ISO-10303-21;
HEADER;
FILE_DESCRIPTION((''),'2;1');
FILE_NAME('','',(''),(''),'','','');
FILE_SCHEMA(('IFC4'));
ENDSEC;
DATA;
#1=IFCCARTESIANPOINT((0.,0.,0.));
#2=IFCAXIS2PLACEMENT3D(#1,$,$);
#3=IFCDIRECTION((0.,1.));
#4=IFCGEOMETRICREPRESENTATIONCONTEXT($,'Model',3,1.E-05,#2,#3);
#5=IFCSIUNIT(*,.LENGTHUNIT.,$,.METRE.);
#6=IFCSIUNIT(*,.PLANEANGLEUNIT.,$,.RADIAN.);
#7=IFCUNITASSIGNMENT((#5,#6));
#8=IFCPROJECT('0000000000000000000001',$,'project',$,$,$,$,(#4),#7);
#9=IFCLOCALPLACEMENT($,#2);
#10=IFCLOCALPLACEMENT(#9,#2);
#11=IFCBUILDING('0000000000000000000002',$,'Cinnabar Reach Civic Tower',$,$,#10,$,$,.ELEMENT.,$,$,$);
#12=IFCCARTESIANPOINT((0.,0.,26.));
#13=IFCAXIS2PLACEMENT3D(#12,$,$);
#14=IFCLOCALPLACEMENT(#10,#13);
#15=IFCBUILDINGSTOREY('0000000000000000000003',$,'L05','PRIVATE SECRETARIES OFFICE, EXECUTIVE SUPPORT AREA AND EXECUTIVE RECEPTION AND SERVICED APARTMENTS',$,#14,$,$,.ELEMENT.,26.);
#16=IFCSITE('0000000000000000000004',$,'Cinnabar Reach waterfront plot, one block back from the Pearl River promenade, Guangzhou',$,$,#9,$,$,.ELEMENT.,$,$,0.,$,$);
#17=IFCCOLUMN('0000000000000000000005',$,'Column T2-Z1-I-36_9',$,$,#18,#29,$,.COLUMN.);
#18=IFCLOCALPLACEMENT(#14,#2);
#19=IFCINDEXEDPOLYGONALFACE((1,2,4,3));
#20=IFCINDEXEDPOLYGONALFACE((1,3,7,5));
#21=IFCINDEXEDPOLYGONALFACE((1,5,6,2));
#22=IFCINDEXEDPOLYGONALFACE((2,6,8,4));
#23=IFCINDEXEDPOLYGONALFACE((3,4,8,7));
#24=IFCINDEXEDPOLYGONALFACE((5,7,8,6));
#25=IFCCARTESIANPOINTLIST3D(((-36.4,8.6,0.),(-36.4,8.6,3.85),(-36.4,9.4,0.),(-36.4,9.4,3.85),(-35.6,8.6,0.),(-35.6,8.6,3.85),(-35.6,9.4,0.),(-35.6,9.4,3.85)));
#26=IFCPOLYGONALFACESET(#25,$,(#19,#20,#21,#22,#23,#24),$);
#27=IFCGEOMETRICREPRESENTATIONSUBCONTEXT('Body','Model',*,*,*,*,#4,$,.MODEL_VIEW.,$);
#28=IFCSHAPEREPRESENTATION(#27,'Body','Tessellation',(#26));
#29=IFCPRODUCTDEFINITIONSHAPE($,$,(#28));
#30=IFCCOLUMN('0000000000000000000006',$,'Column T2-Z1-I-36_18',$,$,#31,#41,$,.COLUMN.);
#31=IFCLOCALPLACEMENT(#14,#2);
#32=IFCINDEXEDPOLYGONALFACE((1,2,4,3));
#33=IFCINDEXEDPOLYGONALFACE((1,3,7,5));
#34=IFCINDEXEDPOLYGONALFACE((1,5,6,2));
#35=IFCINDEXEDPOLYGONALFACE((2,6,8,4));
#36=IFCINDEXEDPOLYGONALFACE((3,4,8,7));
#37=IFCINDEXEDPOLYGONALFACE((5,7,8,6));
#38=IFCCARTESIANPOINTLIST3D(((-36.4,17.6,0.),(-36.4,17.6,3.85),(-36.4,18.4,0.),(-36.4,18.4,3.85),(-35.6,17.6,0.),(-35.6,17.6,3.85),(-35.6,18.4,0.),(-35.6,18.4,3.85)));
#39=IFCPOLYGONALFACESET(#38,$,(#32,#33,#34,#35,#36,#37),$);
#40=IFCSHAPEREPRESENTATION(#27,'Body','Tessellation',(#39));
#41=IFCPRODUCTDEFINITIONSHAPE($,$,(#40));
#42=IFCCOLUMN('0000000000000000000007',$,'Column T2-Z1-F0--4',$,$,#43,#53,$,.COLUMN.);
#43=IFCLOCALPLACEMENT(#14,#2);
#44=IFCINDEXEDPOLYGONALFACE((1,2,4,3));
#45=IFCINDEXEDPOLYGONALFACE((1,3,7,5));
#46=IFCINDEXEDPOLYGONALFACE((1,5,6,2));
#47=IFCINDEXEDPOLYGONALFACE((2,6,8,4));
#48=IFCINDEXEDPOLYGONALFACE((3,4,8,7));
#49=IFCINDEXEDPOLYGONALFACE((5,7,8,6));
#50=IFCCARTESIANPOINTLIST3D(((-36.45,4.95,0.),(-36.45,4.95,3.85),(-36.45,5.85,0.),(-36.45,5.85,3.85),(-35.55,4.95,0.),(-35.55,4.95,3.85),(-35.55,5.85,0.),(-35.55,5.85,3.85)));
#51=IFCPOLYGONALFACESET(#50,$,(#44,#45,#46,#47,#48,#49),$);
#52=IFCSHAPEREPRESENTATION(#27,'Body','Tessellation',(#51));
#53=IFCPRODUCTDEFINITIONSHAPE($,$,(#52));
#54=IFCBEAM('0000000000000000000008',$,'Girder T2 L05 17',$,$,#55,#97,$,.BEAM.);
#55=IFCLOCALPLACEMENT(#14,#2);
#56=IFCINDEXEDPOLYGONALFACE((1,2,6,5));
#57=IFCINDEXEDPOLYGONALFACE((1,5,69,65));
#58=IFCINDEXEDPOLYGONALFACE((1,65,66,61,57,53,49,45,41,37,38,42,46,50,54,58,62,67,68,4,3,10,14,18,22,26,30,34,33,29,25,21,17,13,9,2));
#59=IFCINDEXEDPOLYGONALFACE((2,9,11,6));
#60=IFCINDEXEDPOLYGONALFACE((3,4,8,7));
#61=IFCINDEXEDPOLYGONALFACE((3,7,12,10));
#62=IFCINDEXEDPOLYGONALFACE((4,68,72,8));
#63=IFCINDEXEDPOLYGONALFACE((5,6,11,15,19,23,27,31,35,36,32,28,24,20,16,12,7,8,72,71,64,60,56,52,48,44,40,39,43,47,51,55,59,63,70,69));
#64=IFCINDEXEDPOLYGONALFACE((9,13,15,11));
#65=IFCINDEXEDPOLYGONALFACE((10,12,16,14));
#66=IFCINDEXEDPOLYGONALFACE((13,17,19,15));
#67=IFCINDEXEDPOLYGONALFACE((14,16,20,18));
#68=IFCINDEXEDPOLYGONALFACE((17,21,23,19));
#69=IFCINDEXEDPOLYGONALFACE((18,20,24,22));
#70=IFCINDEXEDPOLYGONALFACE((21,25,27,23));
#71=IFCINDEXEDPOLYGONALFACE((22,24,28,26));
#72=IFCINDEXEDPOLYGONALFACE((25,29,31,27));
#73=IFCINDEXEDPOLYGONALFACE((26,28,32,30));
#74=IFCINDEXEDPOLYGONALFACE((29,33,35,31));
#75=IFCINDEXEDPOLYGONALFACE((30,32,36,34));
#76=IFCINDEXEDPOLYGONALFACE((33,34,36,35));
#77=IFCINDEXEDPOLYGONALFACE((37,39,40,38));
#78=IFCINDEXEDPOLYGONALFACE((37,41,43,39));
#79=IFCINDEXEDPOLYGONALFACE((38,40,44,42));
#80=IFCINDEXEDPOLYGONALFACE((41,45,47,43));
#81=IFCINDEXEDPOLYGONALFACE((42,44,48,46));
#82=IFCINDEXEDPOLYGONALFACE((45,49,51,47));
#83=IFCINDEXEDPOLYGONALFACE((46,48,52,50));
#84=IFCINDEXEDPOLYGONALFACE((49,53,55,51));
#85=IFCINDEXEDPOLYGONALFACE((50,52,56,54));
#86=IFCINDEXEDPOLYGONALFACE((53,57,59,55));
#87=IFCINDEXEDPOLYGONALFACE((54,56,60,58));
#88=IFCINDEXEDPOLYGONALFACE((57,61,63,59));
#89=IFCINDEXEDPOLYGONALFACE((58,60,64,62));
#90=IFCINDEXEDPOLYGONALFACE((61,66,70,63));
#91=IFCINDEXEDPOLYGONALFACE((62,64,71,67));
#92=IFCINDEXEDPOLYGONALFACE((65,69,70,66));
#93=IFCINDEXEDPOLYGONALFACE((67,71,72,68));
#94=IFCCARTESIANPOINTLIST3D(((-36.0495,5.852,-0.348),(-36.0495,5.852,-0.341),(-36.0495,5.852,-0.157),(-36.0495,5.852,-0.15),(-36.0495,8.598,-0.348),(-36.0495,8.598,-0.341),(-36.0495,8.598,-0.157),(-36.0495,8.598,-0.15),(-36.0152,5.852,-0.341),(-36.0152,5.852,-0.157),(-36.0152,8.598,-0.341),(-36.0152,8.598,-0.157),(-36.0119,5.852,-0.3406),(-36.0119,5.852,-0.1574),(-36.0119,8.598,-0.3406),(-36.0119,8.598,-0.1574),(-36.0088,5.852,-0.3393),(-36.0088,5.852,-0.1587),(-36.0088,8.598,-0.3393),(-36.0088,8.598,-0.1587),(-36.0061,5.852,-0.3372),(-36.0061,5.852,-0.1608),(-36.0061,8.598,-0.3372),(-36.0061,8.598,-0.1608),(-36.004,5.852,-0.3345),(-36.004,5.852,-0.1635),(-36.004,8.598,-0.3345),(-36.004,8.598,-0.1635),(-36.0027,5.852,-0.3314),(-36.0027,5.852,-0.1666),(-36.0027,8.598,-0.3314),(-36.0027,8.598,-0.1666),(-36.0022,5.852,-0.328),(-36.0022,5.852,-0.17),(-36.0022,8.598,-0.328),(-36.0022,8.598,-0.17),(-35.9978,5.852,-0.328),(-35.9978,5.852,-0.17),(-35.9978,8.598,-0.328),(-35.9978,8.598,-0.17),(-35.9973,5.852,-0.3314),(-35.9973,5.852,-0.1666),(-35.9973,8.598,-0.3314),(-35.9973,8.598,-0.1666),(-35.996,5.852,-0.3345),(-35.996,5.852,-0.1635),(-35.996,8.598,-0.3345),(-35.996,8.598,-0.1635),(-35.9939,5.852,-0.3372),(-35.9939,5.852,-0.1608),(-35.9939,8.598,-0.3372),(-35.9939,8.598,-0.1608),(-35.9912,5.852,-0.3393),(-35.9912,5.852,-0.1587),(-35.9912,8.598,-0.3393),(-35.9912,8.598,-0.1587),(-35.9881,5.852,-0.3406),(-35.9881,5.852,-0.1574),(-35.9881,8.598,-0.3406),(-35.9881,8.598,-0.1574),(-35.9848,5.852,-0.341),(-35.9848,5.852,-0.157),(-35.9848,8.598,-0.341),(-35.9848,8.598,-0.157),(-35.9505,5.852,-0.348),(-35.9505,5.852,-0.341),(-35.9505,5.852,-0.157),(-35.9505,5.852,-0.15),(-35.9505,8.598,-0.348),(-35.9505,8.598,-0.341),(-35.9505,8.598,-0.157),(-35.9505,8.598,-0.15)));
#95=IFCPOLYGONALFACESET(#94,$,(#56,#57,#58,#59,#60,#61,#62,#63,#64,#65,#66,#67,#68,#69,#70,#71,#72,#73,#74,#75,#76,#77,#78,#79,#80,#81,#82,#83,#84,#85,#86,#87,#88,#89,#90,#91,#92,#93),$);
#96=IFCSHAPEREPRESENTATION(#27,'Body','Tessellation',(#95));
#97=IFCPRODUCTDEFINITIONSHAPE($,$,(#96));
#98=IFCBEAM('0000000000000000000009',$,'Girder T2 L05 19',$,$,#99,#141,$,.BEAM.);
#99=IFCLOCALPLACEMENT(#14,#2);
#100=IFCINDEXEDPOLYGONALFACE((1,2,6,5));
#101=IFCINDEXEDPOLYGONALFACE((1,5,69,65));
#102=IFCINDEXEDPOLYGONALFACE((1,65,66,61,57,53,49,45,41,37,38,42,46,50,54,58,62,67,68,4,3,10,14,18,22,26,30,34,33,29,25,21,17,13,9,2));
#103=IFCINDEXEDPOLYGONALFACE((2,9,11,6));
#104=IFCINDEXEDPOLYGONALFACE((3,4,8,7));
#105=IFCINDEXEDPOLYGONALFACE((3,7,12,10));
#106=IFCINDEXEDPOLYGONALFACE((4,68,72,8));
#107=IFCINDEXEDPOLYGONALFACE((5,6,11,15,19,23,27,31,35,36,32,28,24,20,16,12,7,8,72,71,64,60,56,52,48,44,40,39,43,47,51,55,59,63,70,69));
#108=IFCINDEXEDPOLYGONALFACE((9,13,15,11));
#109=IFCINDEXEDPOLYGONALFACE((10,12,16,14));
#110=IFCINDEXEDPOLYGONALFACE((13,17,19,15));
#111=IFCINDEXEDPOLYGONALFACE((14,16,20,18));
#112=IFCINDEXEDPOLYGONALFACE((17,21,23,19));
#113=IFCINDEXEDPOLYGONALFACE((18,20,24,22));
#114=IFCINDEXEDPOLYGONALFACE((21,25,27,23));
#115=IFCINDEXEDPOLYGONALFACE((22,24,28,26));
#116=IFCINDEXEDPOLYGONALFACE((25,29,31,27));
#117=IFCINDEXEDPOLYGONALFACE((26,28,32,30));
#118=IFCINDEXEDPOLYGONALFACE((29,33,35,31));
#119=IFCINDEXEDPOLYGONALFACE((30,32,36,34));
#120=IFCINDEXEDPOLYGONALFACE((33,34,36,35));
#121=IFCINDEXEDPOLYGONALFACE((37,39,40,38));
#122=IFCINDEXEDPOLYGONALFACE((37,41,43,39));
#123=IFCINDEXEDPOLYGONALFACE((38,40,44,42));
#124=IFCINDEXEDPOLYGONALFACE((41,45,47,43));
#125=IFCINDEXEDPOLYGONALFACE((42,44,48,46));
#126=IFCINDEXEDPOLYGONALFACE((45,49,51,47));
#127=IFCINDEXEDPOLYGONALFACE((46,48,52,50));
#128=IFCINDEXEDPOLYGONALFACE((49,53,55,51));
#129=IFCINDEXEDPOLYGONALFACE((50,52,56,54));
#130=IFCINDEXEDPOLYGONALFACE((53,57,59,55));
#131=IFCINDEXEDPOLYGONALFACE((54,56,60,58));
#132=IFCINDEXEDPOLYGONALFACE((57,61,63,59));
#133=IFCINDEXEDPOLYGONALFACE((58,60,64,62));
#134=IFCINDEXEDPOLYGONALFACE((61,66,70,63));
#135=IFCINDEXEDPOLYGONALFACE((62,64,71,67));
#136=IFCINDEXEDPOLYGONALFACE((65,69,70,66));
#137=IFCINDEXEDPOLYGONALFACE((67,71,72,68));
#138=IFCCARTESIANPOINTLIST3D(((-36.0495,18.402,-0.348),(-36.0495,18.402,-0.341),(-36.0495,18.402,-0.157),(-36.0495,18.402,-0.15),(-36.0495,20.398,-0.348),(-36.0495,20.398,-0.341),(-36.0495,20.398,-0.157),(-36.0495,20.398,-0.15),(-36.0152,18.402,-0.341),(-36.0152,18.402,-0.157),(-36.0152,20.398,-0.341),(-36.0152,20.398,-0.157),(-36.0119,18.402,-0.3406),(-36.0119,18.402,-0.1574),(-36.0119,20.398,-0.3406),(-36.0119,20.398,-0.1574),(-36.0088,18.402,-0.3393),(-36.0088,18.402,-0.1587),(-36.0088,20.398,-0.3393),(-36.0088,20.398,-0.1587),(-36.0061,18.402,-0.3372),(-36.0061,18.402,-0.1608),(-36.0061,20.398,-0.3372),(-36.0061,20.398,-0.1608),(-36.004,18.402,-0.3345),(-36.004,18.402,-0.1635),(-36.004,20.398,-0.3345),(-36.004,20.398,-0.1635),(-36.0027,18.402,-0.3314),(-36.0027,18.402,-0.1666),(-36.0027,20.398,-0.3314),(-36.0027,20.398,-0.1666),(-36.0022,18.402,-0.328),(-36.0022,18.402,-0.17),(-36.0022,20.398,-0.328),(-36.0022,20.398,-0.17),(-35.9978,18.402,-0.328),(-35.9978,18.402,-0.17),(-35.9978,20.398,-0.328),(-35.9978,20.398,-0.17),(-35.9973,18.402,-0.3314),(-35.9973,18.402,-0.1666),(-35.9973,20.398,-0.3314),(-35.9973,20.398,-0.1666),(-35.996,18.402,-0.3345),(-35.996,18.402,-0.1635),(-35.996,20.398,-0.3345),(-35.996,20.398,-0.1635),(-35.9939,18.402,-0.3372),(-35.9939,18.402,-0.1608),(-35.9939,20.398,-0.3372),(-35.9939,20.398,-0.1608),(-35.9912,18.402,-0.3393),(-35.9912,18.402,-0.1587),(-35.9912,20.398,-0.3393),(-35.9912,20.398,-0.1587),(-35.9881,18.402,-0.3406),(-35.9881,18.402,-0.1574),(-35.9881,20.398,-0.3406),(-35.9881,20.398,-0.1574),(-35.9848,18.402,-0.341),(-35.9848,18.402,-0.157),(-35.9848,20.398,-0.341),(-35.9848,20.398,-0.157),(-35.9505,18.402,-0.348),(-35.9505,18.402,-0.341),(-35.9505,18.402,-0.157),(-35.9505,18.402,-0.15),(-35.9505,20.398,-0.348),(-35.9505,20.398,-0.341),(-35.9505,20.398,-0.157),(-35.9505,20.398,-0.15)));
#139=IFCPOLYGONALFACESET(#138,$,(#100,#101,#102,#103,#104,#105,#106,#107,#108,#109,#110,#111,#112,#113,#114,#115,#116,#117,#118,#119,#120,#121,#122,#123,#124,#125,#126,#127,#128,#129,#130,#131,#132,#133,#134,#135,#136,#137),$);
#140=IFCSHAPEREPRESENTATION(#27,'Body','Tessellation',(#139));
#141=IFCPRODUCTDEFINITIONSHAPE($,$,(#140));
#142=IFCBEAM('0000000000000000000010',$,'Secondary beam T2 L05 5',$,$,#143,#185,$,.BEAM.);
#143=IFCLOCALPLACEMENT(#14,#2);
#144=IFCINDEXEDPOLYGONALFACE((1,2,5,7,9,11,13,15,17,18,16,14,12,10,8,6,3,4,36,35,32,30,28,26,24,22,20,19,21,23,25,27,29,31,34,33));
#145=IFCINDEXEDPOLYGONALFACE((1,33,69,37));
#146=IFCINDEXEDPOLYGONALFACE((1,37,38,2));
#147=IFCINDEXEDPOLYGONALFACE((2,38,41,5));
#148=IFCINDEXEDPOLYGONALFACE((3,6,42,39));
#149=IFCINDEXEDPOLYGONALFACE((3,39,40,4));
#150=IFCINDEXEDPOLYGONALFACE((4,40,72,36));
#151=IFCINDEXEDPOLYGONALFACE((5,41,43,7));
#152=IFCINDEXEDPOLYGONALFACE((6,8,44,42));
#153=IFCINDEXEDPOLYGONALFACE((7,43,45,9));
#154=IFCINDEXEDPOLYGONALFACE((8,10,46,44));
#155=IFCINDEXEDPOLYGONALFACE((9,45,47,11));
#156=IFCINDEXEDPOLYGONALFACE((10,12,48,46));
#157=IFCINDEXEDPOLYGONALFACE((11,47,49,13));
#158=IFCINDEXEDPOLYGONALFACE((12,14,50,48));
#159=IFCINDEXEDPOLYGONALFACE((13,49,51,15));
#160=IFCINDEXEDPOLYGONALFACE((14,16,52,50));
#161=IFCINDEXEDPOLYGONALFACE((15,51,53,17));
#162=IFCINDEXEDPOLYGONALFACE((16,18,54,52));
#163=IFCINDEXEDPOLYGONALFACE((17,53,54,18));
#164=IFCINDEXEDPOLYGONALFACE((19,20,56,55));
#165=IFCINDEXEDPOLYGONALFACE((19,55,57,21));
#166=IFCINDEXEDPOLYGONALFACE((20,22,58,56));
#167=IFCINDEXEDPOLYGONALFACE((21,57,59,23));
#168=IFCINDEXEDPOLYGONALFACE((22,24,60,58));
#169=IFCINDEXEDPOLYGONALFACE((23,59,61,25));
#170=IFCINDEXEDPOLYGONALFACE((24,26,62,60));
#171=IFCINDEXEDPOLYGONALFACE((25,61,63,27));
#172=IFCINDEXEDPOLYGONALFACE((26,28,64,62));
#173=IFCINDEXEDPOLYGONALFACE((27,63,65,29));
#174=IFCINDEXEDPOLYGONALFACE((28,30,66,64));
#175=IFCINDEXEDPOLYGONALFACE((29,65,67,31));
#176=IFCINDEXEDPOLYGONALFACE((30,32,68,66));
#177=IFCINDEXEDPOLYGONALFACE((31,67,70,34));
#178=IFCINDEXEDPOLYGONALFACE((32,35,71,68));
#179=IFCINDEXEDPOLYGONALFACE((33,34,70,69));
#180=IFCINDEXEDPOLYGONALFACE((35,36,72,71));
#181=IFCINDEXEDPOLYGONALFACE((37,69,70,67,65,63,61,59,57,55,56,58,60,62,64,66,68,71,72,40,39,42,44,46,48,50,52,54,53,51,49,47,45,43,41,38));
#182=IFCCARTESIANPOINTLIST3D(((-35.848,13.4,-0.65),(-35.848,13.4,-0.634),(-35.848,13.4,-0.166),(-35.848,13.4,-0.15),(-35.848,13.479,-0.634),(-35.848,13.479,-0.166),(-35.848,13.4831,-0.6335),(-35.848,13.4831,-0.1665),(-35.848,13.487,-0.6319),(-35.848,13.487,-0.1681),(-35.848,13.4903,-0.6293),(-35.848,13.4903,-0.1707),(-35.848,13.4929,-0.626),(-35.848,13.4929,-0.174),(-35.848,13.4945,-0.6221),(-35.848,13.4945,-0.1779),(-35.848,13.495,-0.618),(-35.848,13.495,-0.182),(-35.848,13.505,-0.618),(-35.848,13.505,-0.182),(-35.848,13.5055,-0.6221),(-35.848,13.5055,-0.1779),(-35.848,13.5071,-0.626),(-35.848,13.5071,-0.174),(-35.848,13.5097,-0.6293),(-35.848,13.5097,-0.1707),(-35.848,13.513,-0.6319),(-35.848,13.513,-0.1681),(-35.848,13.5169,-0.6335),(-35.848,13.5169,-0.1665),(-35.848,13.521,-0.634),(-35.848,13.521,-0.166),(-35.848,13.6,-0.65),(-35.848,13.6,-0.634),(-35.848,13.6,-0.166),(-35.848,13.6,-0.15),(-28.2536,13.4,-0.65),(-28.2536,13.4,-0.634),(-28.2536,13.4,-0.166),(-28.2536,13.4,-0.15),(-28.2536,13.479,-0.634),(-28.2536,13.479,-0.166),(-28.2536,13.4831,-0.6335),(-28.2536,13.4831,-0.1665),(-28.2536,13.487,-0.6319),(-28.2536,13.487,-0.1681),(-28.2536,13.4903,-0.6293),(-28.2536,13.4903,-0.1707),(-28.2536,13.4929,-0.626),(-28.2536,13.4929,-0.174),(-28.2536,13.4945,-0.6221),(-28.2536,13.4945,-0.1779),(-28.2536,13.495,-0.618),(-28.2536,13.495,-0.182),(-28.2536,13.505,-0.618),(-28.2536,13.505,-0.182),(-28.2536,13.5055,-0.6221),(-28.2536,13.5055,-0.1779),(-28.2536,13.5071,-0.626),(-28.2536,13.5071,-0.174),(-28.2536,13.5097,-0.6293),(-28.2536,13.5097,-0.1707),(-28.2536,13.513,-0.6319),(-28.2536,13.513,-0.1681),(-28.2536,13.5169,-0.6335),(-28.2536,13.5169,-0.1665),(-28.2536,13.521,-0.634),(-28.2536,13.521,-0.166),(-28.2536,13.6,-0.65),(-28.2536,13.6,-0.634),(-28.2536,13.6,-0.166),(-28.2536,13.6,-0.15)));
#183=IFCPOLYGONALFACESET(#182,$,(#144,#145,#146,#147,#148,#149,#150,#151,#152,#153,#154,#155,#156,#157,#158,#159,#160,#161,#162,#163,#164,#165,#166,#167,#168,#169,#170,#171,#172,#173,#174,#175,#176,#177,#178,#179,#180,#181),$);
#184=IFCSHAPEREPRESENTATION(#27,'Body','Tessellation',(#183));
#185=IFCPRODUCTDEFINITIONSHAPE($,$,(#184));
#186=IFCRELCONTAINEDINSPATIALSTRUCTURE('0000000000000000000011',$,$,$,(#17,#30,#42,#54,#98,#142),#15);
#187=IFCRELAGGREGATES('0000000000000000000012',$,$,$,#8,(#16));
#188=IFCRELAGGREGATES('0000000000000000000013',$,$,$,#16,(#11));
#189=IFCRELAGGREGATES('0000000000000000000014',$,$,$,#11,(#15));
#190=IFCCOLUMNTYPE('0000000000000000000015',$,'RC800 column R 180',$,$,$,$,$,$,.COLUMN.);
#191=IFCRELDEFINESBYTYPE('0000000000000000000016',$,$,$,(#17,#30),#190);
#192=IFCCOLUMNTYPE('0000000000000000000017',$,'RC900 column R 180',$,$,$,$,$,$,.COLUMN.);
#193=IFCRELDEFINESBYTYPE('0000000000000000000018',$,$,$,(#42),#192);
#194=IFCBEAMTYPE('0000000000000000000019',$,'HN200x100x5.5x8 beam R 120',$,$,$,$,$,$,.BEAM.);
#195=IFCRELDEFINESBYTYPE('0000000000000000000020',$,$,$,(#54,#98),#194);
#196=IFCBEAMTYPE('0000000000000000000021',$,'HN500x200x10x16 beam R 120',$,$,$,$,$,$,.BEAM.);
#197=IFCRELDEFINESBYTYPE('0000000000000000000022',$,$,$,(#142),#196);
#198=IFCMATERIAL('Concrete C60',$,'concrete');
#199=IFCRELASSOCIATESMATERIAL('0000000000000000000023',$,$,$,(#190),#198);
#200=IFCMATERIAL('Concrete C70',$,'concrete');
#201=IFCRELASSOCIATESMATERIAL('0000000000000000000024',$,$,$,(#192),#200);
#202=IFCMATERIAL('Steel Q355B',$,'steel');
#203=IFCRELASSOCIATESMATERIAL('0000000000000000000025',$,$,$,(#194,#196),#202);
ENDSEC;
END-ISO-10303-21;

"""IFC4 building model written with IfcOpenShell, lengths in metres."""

from ifc_helpers import new_model, si_unit, direction, frame, origin, origin_2d, place, context, subcontext, project, spatial, rectangle, i_section, extrude, material, material_profile, profile_set, type_object, element, save


model = new_model("IFC4")

# Units and contexts
model_context = context("Model", 3, precision=1e-05, world=origin(), true_north=direction((0.0, 1.0)))
body_context = subcontext(model_context, "Body", "Model", "MODEL_VIEW")
ifc_project = project(units=[si_unit("LENGTHUNIT", "METRE"), si_unit("PLANEANGLEUNIT", "RADIAN")], contexts=[model_context])

# Site, building, storey
site_placement = place(None, origin())
site = spatial("IfcSite", under=ifc_project, at=site_placement, Name="Cinnabar Reach waterfront plot, one block back from the Pearl River promenade, Guangzhou", CompositionType="ELEMENT", RefElevation=0.0)
building_placement = place(site_placement, origin())
building = spatial("IfcBuilding", under=site, at=building_placement, Name="Cinnabar Reach Civic Tower", CompositionType="ELEMENT")
storey_placement = place(building_placement, frame((0.0, 0.0, 26.0)))
storey = spatial("IfcBuildingStorey", under=building, at=storey_placement, Name="L05", Description="PRIVATE SECRETARIES OFFICE, EXECUTIVE SUPPORT AREA AND EXECUTIVE RECEPTION AND SERVICED APARTMENTS", CompositionType="ELEMENT", Elevation=26.0)

# Columns
ifc_material_1 = material(Name="Concrete C60", Category="concrete")
ifc_material_profile_1 = material_profile(ifc_material_1, rectangle(XDim=0.8, YDim=0.8, at=origin_2d()), Name="RC800")
ifc_profile_set_1 = profile_set([ifc_material_profile_1], Name="Concrete C60")
column_type_1 = type_object("IfcColumnType", Name="RC800 column R 180", PredefinedType="COLUMN", material=ifc_profile_set_1)
for number, where, z_axis, x_axis, name in (
    (1, (-36.0, 9.0, 0.0), (0.0, 0.0, 1.0), (1.0, 0.0, 0.0), "Column T2-Z1-I-36_9"),
    (2, (-36.0, 18.0, 0.0), (0.0, 0.0, 1.0), (1.0, 0.0, 0.0), "Column T2-Z1-I-36_18"),
):
    element("IfcColumn", number, at=place(storey_placement, frame(where, z_axis=z_axis, x_axis=x_axis)), inside=storey, type_object=column_type_1, Name=name, PredefinedType="COLUMN", context=body_context, shape_type="SweptSolid", body=[
        extrude(rectangle(XDim=0.8, YDim=0.8, at=origin_2d()), origin(), (0.0, 0.0, 1.0), 3.85),
    ])
ifc_material_2 = material(Name="Concrete C70", Category="concrete")
ifc_material_profile_2 = material_profile(ifc_material_2, rectangle(XDim=0.9, YDim=0.9, at=origin_2d()), Name="RC900")
ifc_profile_set_2 = profile_set([ifc_material_profile_2], Name="Concrete C70")
column_type_2 = type_object("IfcColumnType", Name="RC900 column R 180", PredefinedType="COLUMN", material=ifc_profile_set_2)
column_placement = place(storey_placement, frame((-36.0, 5.4, 0.0), z_axis=(0.0, 0.0, 1.0), x_axis=(1.0, 0.0, 0.0)))
element("IfcColumn", 3, at=column_placement, inside=storey, type_object=column_type_2, Name="Column T2-Z1-F0--4", PredefinedType="COLUMN", context=body_context, shape_type="SweptSolid", body=[
    extrude(rectangle(XDim=0.9, YDim=0.9, at=origin_2d()), origin(), (0.0, 0.0, 1.0), 3.85),
])

# Beams
ifc_material_3 = material(Name="Steel Q355B", Category="steel")
ifc_material_profile_3 = material_profile(ifc_material_3, i_section(OverallWidth=0.099, OverallDepth=0.198, WebThickness=0.0045, FlangeThickness=0.007, FilletRadius=0.013, at=origin_2d()), Name="HN200x100x5.5x8")
ifc_profile_set_3 = profile_set([ifc_material_profile_3], Name="Steel Q355B")
beam_type_1 = type_object("IfcBeamType", Name="HN200x100x5.5x8 beam R 120", PredefinedType="BEAM", material=ifc_profile_set_3)
beam_1_placement = place(storey_placement, frame((-36.0, 5.852, -0.249), z_axis=(0.0, 1.0, 0.0), x_axis=(-1.0, 0.0, 0.0)))
element("IfcBeam", 4, at=beam_1_placement, inside=storey, type_object=beam_type_1, Name="Girder T2 L05 17", PredefinedType="BEAM", context=body_context, shape_type="SweptSolid", body=[
    extrude(i_section(OverallWidth=0.099, OverallDepth=0.198, WebThickness=0.0045, FlangeThickness=0.007, FilletRadius=0.013, at=origin_2d()), origin(), (0.0, 0.0, 1.0), 2.746),
])
beam_2_placement = place(storey_placement, frame((-36.0, 18.402, -0.249), z_axis=(0.0, 1.0, 0.0), x_axis=(-1.0, 0.0, 0.0)))
element("IfcBeam", 5, at=beam_2_placement, inside=storey, type_object=beam_type_1, Name="Girder T2 L05 19", PredefinedType="BEAM", context=body_context, shape_type="SweptSolid", body=[
    extrude(i_section(OverallWidth=0.099, OverallDepth=0.198, WebThickness=0.0045, FlangeThickness=0.007, FilletRadius=0.013, at=origin_2d()), origin(), (0.0, 0.0, 1.0), 1.996),
])
ifc_material_profile_4 = material_profile(ifc_material_3, i_section(OverallWidth=0.2, OverallDepth=0.5, WebThickness=0.01, FlangeThickness=0.016, FilletRadius=0.016, at=origin_2d()), Name="HN500x200x10x16")
ifc_profile_set_4 = profile_set([ifc_material_profile_4], Name="Steel Q355B")
beam_type_2 = type_object("IfcBeamType", Name="HN500x200x10x16 beam R 120", PredefinedType="BEAM", material=ifc_profile_set_4)
beam_3_placement = place(storey_placement, frame((-35.848, 13.5, -0.4), z_axis=(1.0, 0.0, 0.0), x_axis=(0.0, 1.0, 0.0)))
element("IfcBeam", 6, at=beam_3_placement, inside=storey, type_object=beam_type_2, Name="Secondary beam T2 L05 5", PredefinedType="BEAM", context=body_context, shape_type="SweptSolid", body=[
    extrude(i_section(OverallWidth=0.2, OverallDepth=0.5, WebThickness=0.01, FlangeThickness=0.016, FilletRadius=0.016, at=origin_2d()), origin(), (0.0, 0.0, 1.0), 7.5944),
])

save(model, "model.ifc")
